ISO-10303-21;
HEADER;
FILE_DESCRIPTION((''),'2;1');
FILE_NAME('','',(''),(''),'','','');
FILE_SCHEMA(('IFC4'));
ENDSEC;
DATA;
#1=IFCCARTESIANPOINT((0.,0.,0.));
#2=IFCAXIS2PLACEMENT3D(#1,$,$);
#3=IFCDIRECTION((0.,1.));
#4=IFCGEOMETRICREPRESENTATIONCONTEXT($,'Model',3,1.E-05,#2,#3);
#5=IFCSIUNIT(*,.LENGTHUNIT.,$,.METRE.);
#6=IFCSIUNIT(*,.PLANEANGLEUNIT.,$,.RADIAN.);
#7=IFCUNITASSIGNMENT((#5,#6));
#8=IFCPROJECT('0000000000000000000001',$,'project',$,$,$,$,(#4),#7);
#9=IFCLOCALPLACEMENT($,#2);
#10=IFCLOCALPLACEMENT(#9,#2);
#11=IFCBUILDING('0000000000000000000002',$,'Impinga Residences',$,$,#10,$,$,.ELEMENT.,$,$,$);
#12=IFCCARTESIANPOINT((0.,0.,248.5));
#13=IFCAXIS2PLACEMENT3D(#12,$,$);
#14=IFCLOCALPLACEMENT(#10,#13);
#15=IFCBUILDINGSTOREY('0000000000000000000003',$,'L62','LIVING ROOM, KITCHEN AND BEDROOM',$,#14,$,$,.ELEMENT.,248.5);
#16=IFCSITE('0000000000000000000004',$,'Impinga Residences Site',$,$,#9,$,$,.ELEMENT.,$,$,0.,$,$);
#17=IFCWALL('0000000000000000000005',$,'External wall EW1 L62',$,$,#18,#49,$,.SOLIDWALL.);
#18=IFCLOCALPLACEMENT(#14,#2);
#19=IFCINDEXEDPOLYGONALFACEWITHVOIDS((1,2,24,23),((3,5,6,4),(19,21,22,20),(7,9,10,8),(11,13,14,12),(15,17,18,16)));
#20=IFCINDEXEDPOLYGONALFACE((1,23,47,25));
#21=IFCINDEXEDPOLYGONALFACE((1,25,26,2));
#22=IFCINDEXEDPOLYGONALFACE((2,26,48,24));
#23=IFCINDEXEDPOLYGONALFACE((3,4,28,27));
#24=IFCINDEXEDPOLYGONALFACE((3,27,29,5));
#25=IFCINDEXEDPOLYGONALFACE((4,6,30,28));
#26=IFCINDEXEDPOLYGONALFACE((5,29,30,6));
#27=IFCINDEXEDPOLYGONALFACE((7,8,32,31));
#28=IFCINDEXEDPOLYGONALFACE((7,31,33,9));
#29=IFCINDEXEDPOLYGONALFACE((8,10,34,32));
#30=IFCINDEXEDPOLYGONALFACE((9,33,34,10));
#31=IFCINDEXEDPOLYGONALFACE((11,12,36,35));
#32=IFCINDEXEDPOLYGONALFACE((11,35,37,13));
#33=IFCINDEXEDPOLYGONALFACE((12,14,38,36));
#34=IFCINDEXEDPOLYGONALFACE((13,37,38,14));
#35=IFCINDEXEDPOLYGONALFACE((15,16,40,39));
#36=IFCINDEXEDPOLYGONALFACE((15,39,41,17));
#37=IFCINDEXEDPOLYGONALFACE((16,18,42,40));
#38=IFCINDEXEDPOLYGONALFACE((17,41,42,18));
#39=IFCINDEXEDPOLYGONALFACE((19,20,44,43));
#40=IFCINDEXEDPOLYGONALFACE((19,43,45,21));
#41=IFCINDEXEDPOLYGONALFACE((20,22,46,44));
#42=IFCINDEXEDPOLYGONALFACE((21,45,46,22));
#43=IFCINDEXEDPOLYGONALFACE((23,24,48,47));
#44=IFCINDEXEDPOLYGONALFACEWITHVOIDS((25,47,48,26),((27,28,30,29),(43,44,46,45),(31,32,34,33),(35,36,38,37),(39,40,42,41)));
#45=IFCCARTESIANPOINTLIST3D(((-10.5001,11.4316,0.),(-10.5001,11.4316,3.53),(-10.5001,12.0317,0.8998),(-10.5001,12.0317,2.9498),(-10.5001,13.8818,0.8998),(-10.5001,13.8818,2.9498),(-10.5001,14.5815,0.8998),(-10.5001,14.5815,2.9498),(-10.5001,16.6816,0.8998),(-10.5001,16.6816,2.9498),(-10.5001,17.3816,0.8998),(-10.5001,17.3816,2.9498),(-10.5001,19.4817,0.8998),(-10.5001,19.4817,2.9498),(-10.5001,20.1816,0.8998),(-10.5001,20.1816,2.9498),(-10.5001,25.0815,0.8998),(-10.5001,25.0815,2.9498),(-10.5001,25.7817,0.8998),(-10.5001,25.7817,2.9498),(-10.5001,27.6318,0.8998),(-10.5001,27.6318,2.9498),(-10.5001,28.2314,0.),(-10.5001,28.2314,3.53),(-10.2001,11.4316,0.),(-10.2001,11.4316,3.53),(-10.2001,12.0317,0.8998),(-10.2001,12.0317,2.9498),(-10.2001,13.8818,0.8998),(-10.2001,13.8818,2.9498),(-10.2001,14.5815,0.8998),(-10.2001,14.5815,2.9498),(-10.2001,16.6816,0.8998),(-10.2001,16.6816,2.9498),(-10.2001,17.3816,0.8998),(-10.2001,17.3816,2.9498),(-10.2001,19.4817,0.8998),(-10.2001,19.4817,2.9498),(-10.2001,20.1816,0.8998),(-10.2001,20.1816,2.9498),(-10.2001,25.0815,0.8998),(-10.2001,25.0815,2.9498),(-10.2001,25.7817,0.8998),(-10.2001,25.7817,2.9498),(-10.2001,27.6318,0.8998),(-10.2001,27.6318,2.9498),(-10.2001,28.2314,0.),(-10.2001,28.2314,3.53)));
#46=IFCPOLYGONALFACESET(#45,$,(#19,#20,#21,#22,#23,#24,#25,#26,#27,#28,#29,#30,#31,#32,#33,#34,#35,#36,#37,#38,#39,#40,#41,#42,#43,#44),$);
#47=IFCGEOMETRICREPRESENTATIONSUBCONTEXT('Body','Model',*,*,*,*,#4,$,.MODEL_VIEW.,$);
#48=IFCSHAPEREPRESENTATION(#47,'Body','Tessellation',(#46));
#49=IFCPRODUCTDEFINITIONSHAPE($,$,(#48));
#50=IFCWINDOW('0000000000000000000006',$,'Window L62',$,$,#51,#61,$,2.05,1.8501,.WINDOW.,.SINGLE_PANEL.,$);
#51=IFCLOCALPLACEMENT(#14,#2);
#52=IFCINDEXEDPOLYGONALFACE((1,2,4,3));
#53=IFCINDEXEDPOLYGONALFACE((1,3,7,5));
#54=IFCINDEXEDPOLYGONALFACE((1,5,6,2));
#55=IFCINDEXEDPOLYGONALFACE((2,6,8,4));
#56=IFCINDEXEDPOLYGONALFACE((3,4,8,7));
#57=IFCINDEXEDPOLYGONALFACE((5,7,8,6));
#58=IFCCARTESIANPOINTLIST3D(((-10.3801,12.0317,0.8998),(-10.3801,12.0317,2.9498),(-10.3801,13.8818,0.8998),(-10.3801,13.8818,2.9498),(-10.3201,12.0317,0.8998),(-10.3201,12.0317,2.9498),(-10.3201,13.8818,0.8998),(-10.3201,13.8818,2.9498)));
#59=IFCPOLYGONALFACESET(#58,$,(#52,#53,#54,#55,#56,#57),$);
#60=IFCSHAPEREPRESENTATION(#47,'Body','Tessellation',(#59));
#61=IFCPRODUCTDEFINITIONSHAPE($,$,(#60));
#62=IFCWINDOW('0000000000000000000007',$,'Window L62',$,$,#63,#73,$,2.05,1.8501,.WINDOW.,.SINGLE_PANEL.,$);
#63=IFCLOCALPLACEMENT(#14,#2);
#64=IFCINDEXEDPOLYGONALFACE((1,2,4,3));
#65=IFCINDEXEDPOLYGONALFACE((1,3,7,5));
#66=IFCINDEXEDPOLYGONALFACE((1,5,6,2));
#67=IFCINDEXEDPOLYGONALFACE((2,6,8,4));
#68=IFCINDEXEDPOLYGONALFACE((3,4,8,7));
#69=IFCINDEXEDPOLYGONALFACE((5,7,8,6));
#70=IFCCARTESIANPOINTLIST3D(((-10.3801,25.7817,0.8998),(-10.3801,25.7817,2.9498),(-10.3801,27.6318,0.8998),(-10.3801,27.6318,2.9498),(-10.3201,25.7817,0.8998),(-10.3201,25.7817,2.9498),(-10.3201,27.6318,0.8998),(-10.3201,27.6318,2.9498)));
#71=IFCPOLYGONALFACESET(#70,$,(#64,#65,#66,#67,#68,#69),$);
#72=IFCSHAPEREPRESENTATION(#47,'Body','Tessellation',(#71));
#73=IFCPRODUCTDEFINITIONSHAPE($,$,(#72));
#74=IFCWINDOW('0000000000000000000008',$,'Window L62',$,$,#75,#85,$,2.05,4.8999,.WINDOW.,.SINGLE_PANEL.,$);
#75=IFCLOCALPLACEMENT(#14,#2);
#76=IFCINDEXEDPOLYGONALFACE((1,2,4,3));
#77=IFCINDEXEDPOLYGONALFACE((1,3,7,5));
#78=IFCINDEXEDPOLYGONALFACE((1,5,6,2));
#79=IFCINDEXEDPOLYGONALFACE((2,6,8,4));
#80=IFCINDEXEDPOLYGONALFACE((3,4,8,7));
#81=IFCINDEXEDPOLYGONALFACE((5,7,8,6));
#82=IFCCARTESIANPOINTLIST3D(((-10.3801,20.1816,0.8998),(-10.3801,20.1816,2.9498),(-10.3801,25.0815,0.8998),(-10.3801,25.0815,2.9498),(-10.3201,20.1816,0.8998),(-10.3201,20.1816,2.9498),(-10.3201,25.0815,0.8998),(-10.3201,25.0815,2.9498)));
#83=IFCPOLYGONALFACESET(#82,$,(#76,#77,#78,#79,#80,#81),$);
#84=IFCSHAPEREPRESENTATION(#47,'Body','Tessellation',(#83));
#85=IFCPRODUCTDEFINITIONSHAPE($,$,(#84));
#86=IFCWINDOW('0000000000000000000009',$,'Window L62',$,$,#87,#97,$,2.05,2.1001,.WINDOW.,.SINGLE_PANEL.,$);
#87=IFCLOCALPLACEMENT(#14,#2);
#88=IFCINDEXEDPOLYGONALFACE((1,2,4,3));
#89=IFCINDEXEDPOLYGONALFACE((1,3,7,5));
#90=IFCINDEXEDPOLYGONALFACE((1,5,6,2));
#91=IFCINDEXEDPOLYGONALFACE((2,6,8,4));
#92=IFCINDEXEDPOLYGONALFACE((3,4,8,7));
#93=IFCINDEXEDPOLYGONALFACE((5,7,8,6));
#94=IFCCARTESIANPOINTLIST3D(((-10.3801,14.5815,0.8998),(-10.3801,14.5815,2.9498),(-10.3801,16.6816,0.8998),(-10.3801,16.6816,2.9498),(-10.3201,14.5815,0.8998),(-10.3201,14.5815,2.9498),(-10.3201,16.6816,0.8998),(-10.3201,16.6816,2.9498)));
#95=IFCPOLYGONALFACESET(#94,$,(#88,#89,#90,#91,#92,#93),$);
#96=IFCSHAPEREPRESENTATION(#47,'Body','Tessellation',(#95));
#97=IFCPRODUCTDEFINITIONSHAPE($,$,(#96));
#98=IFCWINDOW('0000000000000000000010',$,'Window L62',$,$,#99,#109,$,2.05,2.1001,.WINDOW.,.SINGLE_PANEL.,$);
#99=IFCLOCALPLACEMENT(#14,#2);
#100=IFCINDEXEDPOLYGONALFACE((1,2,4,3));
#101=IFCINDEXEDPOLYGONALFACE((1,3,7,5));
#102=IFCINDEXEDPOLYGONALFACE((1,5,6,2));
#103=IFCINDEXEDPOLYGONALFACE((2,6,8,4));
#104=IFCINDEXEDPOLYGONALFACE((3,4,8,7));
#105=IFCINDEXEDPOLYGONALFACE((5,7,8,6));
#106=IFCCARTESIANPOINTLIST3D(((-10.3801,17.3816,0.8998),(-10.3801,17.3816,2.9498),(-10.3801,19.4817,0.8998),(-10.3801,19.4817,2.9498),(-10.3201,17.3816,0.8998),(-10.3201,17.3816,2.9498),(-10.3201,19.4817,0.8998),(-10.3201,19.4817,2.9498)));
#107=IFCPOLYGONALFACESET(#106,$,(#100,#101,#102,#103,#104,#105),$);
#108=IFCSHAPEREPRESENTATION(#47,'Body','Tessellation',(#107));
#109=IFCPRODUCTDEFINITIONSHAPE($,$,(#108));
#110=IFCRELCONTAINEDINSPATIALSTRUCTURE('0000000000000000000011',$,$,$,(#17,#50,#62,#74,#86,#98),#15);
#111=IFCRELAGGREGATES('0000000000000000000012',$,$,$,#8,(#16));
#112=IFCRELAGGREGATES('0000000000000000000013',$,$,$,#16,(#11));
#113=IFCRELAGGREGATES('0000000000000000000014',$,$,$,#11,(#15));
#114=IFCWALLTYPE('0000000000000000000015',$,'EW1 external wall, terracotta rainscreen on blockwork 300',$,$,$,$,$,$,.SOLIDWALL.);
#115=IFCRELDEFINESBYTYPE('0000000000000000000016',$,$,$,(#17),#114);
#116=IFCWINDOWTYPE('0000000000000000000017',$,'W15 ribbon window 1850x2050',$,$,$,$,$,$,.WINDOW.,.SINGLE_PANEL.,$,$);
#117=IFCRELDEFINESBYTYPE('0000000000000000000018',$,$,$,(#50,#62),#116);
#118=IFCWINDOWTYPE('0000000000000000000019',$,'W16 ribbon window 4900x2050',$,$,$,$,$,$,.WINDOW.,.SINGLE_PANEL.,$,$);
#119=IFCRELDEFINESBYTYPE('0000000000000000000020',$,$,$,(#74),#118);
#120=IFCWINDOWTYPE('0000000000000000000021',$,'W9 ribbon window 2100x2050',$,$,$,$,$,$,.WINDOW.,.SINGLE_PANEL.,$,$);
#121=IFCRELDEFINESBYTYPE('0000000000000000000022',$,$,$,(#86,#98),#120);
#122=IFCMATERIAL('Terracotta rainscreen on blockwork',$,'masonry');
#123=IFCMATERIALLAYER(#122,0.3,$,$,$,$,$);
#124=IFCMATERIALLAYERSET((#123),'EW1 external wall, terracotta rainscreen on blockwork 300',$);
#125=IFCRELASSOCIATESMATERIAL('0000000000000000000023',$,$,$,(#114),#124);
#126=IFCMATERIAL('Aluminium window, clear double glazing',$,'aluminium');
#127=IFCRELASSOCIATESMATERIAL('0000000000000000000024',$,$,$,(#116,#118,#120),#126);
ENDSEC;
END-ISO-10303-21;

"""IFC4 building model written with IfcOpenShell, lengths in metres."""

from ifc_helpers import new_model, si_unit, direction, frame, frame_2d, origin, place, context, subcontext, project, spatial, rectangle, extrude, material, layer, layer_set, type_object, element, fill, save


model = new_model("IFC4")

# Units and contexts
model_context = context("Model", 3, precision=1e-05, world=origin(), true_north=direction((0.0, 1.0)))
body_context = subcontext(model_context, "Body", "Model", "MODEL_VIEW")
ifc_project = project(units=[si_unit("LENGTHUNIT", "METRE"), si_unit("PLANEANGLEUNIT", "RADIAN")], contexts=[model_context])

# Site, building, storey
site_placement = place(None, origin())
site = spatial("IfcSite", under=ifc_project, at=site_placement, Name="Impinga Residences Site", CompositionType="ELEMENT", RefElevation=0.0)
building_placement = place(site_placement, origin())
building = spatial("IfcBuilding", under=site, at=building_placement, Name="Impinga Residences", CompositionType="ELEMENT")
storey_placement = place(building_placement, frame((0.0, 0.0, 248.5)))
storey = spatial("IfcBuildingStorey", under=building, at=storey_placement, Name="L62", Description="LIVING ROOM, KITCHEN AND BEDROOM", CompositionType="ELEMENT", Elevation=248.5)

# Wall, openings, windows
ifc_material_1 = material(Name="Terracotta rainscreen on blockwork", Category="masonry")
ifc_layer_1 = layer(ifc_material_1, 0.3)
ifc_layer_set_1 = layer_set([ifc_layer_1], Name="EW1 external wall, terracotta rainscreen on blockwork 300")
wall_type_1 = type_object("IfcWallType", Name="EW1 external wall, terracotta rainscreen on blockwork 300", PredefinedType="SOLIDWALL", material=ifc_layer_set_1)
wall_1_placement = place(storey_placement, frame((-10.3501, 11.4316, 0.0), z_axis=(0.0, 0.0, 1.0), x_axis=(0.0, 1.0, 0.0)))
wall_1 = element("IfcWall", 1, at=wall_1_placement, inside=storey, type_object=wall_type_1, Name="External wall EW1 L62", PredefinedType="SOLIDWALL", context=body_context, shape_type="SweptSolid", body=[
    extrude(rectangle(XDim=16.7998, YDim=0.3, at=frame_2d((8.3999, 0.0))), origin(), (0.0, 0.0, 1.0), 3.53),
])
opening_1_placement = place(wall_1_placement, frame((0.6001, 0.0, 0.8999)))
opening_1 = element("IfcOpeningElement", 2, at=opening_1_placement, cuts=wall_1, PredefinedType="OPENING", context=body_context, shape_type="SweptSolid", body=[
    extrude(rectangle(XDim=1.8501, YDim=2.05, at=frame_2d((0.925, 1.0249))), frame((0.0, 0.1599, 0.0), z_axis=(0.0, -1.0, 0.0), x_axis=(1.0, 0.0, 0.0)), (0.0, 0.0, 1.0), 0.3201),
])
opening_2_placement = place(wall_1_placement, frame((3.1499, 0.0, 0.8999)))
opening_2 = element("IfcOpeningElement", 3, at=opening_2_placement, cuts=wall_1, PredefinedType="OPENING", context=body_context, shape_type="SweptSolid", body=[
    extrude(rectangle(XDim=2.1001, YDim=2.05, at=frame_2d((1.05, 1.0249))), frame((0.0, 0.1599, 0.0), z_axis=(0.0, -1.0, 0.0), x_axis=(1.0, 0.0, 0.0)), (0.0, 0.0, 1.0), 0.3201),
])
opening_3_placement = place(wall_1_placement, frame((5.95, 0.0, 0.8999)))
opening_3 = element("IfcOpeningElement", 4, at=opening_3_placement, cuts=wall_1, PredefinedType="OPENING", context=body_context, shape_type="SweptSolid", body=[
    extrude(rectangle(XDim=2.1001, YDim=2.05, at=frame_2d((1.05, 1.0249))), frame((0.0, 0.1599, 0.0), z_axis=(0.0, -1.0, 0.0), x_axis=(1.0, 0.0, 0.0)), (0.0, 0.0, 1.0), 0.3201),
])
opening_4_placement = place(wall_1_placement, frame((8.75, 0.0, 0.8999)))
opening_4 = element("IfcOpeningElement", 5, at=opening_4_placement, cuts=wall_1, PredefinedType="OPENING", context=body_context, shape_type="SweptSolid", body=[
    extrude(rectangle(XDim=4.8999, YDim=2.05, at=frame_2d((2.45, 1.0249))), frame((0.0, 0.1599, 0.0), z_axis=(0.0, -1.0, 0.0), x_axis=(1.0, 0.0, 0.0)), (0.0, 0.0, 1.0), 0.3201),
])
opening_5_placement = place(wall_1_placement, frame((14.3501, 0.0, 0.8999)))
opening_5 = element("IfcOpeningElement", 6, at=opening_5_placement, cuts=wall_1, PredefinedType="OPENING", context=body_context, shape_type="SweptSolid", body=[
    extrude(rectangle(XDim=1.8501, YDim=2.05, at=frame_2d((0.925, 1.0249))), frame((0.0, 0.1599, 0.0), z_axis=(0.0, -1.0, 0.0), x_axis=(1.0, 0.0, 0.0)), (0.0, 0.0, 1.0), 0.3201),
])
ifc_material_2 = material(Name="Aluminium window, clear double glazing", Category="aluminium")
window_type_1 = type_object("IfcWindowType", Name="W15 ribbon window 1850x2050", PartitioningType="SINGLE_PANEL", PredefinedType="WINDOW", material=ifc_material_2)
window_1_placement = place(opening_1_placement, origin())
window_1 = element("IfcWindow", 7, at=window_1_placement, inside=storey, type_object=window_type_1, Name="Window L62", OverallHeight=2.05, OverallWidth=1.8501, PartitioningType="SINGLE_PANEL", PredefinedType="WINDOW", context=body_context, shape_type="SweptSolid", body=[
    extrude(rectangle(XDim=1.8501, YDim=2.05, at=frame_2d((0.925, 1.0249))), frame((0.0, 0.03, 0.0), z_axis=(0.0, -1.0, 0.0), x_axis=(1.0, 0.0, 0.0)), (0.0, 0.0, 1.0), 0.0601),
])
fill(opening_1, window_1)
window_2_placement = place(opening_5_placement, origin())
window_2 = element("IfcWindow", 8, at=window_2_placement, inside=storey, type_object=window_type_1, Name="Window L62", OverallHeight=2.05, OverallWidth=1.8501, PartitioningType="SINGLE_PANEL", PredefinedType="WINDOW", context=body_context, shape_type="SweptSolid", body=[
    extrude(rectangle(XDim=1.8501, YDim=2.05, at=frame_2d((0.925, 1.0249))), frame((0.0, 0.03, 0.0), z_axis=(0.0, -1.0, 0.0), x_axis=(1.0, 0.0, 0.0)), (0.0, 0.0, 1.0), 0.0601),
])
fill(opening_5, window_2)
window_type_2 = type_object("IfcWindowType", Name="W16 ribbon window 4900x2050", PartitioningType="SINGLE_PANEL", PredefinedType="WINDOW", material=ifc_material_2)
window_3_placement = place(opening_4_placement, origin())
window_3 = element("IfcWindow", 9, at=window_3_placement, inside=storey, type_object=window_type_2, Name="Window L62", OverallHeight=2.05, OverallWidth=4.8999, PartitioningType="SINGLE_PANEL", PredefinedType="WINDOW", context=body_context, shape_type="SweptSolid", body=[
    extrude(rectangle(XDim=4.8999, YDim=2.05, at=frame_2d((2.45, 1.0249))), frame((0.0, 0.03, 0.0), z_axis=(0.0, -1.0, 0.0), x_axis=(1.0, 0.0, 0.0)), (0.0, 0.0, 1.0), 0.0601),
])
fill(opening_4, window_3)
window_type_3 = type_object("IfcWindowType", Name="W9 ribbon window 2100x2050", PartitioningType="SINGLE_PANEL", PredefinedType="WINDOW", material=ifc_material_2)
window_4_placement = place(opening_2_placement, origin())
window_4 = element("IfcWindow", 10, at=window_4_placement, inside=storey, type_object=window_type_3, Name="Window L62", OverallHeight=2.05, OverallWidth=2.1001, PartitioningType="SINGLE_PANEL", PredefinedType="WINDOW", context=body_context, shape_type="SweptSolid", body=[
    extrude(rectangle(XDim=2.1001, YDim=2.05, at=frame_2d((1.05, 1.0249))), frame((0.0, 0.03, 0.0), z_axis=(0.0, -1.0, 0.0), x_axis=(1.0, 0.0, 0.0)), (0.0, 0.0, 1.0), 0.0601),
])
fill(opening_2, window_4)
window_5_placement = place(opening_3_placement, origin())
window_5 = element("IfcWindow", 11, at=window_5_placement, inside=storey, type_object=window_type_3, Name="Window L62", OverallHeight=2.05, OverallWidth=2.1001, PartitioningType="SINGLE_PANEL", PredefinedType="WINDOW", context=body_context, shape_type="SweptSolid", body=[
    extrude(rectangle(XDim=2.1001, YDim=2.05, at=frame_2d((1.05, 1.0249))), frame((0.0, 0.03, 0.0), z_axis=(0.0, -1.0, 0.0), x_axis=(1.0, 0.0, 0.0)), (0.0, 0.0, 1.0), 0.0601),
])
fill(opening_3, window_5)

save(model, "model.ifc")
